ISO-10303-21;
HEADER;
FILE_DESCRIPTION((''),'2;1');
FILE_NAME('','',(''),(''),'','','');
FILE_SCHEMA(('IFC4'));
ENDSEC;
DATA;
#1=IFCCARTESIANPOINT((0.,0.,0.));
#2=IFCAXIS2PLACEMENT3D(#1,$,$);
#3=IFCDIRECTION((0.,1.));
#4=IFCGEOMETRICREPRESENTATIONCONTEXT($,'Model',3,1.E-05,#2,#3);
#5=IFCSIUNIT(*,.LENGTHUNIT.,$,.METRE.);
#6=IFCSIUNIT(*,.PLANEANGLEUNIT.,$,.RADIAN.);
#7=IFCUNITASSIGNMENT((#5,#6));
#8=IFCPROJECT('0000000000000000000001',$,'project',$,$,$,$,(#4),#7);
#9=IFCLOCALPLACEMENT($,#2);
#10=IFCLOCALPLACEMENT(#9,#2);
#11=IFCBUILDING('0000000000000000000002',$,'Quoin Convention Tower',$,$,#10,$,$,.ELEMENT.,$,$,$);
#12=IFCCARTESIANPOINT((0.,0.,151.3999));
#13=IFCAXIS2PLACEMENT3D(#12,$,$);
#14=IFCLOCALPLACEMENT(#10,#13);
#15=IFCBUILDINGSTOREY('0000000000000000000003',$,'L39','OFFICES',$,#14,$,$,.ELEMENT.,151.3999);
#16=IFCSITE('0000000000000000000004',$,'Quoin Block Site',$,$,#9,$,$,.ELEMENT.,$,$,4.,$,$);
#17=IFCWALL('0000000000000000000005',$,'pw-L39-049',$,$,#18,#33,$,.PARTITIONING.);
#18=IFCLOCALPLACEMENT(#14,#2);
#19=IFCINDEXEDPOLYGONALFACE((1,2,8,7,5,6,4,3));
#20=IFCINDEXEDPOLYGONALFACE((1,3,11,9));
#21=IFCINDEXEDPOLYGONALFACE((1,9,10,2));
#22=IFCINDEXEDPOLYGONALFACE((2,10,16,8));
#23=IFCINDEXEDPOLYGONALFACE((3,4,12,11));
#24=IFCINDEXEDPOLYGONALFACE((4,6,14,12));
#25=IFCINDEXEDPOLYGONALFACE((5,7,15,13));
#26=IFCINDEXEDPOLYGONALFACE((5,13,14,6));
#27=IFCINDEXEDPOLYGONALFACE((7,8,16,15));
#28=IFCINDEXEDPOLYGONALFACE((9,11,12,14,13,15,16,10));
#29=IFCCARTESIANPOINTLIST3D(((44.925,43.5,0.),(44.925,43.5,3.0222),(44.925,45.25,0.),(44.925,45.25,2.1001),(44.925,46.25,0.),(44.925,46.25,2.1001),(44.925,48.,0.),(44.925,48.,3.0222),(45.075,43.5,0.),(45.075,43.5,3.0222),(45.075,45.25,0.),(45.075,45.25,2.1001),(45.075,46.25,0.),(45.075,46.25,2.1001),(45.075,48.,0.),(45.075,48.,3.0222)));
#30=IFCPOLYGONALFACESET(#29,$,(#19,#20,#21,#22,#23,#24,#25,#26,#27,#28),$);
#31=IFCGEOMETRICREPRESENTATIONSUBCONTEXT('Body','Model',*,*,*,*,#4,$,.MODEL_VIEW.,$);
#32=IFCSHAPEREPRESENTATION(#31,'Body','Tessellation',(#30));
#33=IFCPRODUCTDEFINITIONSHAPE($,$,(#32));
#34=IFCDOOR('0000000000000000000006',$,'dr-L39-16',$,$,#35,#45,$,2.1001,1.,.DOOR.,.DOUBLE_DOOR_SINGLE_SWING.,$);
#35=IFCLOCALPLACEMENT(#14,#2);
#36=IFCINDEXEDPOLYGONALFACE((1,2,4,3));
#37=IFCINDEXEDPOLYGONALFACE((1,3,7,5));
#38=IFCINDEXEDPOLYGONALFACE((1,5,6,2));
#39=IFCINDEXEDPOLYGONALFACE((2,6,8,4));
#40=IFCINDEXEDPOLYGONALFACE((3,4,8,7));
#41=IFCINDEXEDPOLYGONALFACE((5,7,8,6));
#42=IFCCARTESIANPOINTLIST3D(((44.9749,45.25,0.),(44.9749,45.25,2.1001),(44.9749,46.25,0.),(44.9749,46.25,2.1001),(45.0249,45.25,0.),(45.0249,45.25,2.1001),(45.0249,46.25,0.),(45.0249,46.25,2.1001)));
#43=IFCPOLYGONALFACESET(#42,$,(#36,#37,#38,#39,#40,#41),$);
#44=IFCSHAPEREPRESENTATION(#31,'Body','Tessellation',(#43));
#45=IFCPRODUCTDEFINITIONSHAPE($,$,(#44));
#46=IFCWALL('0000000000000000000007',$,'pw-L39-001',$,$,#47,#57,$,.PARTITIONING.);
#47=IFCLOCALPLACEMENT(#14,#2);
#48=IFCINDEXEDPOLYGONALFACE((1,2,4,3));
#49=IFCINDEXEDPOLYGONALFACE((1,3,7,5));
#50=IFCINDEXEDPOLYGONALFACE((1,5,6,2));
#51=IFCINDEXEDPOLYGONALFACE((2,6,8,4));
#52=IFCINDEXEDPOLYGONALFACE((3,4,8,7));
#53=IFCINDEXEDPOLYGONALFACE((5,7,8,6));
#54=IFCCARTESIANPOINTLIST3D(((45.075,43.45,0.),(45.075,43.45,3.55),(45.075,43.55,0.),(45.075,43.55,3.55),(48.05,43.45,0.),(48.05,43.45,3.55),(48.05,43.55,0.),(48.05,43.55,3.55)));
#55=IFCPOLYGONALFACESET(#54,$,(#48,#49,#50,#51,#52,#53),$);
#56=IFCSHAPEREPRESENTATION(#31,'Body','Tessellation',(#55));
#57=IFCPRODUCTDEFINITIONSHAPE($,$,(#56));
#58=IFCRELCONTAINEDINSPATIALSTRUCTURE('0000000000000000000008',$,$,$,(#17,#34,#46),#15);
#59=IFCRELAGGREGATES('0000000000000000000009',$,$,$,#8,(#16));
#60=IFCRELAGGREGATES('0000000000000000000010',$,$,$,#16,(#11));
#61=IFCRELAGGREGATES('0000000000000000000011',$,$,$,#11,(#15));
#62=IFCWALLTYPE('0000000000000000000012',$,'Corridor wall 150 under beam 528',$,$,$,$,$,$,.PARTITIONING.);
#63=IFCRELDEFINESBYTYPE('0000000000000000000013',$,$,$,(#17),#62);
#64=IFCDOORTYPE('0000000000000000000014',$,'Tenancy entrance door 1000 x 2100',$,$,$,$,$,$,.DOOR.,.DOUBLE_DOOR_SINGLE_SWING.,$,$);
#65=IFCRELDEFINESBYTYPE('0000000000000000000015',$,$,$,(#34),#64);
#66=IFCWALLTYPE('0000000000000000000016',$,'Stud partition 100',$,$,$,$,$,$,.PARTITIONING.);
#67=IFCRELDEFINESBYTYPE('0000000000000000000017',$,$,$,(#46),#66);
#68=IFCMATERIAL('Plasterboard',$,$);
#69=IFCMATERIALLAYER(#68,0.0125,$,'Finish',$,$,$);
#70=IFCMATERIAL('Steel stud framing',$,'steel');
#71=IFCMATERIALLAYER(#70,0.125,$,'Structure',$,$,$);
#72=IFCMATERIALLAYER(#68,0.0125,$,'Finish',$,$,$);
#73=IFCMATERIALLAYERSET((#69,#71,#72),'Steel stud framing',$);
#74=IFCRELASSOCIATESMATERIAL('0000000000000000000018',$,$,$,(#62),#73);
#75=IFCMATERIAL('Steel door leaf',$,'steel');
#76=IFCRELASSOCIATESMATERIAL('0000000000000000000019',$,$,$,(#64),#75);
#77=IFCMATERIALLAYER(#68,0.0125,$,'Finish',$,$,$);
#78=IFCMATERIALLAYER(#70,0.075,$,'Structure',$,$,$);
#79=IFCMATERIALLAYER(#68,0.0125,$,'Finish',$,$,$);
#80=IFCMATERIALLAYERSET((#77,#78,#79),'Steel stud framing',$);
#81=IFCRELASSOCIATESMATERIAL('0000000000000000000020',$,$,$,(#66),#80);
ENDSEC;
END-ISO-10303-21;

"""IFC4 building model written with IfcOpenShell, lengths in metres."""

from ifc_helpers import new_model, si_unit, direction, frame, frame_2d, origin, place, context, subcontext, project, spatial, rectangle, extrude, material, layer, layer_set, type_object, element, fill, save


model = new_model("IFC4")

# Units and contexts
model_context = context("Model", 3, precision=1e-05, world=origin(), true_north=direction((0.0, 1.0)))
body_context = subcontext(model_context, "Body", "Model", "MODEL_VIEW")
ifc_project = project(units=[si_unit("LENGTHUNIT", "METRE"), si_unit("PLANEANGLEUNIT", "RADIAN")], contexts=[model_context])

# Site, building, storey
site_placement = place(None, origin())
site = spatial("IfcSite", under=ifc_project, at=site_placement, Name="Quoin Block Site", CompositionType="ELEMENT", RefElevation=4.0)
building_placement = place(site_placement, origin())
building = spatial("IfcBuilding", under=site, at=building_placement, Name="Quoin Convention Tower", CompositionType="ELEMENT")
storey_placement = place(building_placement, frame((0.0, 0.0, 151.3999)))
storey = spatial("IfcBuildingStorey", under=building, at=storey_placement, Name="L39", Description="OFFICES", CompositionType="ELEMENT", Elevation=151.3999)

# Shared definitions
ifc_material_1 = material(Name="Plasterboard")
ifc_material_2 = material(Name="Steel stud framing", Category="steel")
ifc_layer_1 = layer(ifc_material_1, 0.0125, Name="Finish")
ifc_layer_2 = layer(ifc_material_2, 0.125, Name="Structure")
ifc_layer_3 = layer(ifc_material_1, 0.0125, Name="Finish")
ifc_layer_set_1 = layer_set([ifc_layer_1, ifc_layer_2, ifc_layer_3], Name="Steel stud framing")
wall_type_1 = type_object("IfcWallType", Name="Corridor wall 150 under beam 528", PredefinedType="PARTITIONING", material=ifc_layer_set_1)

# Wall, opening, door
wall_1_placement = place(storey_placement, frame((45.0, 43.5, 0.0), z_axis=(0.0, 0.0, 1.0), x_axis=(0.0, 1.0, 0.0)))
wall_1 = element("IfcWall", 1, at=wall_1_placement, inside=storey, type_object=wall_type_1, Name="pw-L39-049", PredefinedType="PARTITIONING", context=body_context, shape_type="SweptSolid", body=[
    extrude(rectangle(XDim=4.5, YDim=0.1499, at=frame_2d((2.25, 0.0))), origin(), (0.0, 0.0, 1.0), 3.0222),
])
opening_placement = place(wall_1_placement, frame((1.75, 0.0, 0.0)))
opening = element("IfcOpeningElement", 2, at=opening_placement, cuts=wall_1, PredefinedType="OPENING", context=body_context, shape_type="SweptSolid", body=[
    extrude(rectangle(XDim=1.0, YDim=2.1001, at=frame_2d((0.5, 1.05))), frame((0.0, 0.085, 0.0), z_axis=(0.0, -1.0, 0.0), x_axis=(1.0, 0.0, 0.0)), (0.0, 0.0, 1.0), 0.1699),
])
ifc_material_3 = material(Name="Steel door leaf", Category="steel")
door_type = type_object("IfcDoorType", Name="Tenancy entrance door 1000 x 2100", OperationType="DOUBLE_DOOR_SINGLE_SWING", PredefinedType="DOOR", material=ifc_material_3)
door_placement = place(opening_placement, frame((1.0, 0.0, 0.0), z_axis=(0.0, 0.0, 1.0), x_axis=(-1.0, 0.0, 0.0)))
door = element("IfcDoor", 3, at=door_placement, inside=storey, type_object=door_type, Name="dr-L39-16", OperationType="DOUBLE_DOOR_SINGLE_SWING", OverallHeight=2.1001, OverallWidth=1.0, PredefinedType="DOOR", context=body_context, shape_type="SweptSolid", body=[
    extrude(rectangle(XDim=1.0, YDim=2.1001, at=frame_2d((0.5, 1.05))), frame((0.0, 0.0249, 0.0), z_axis=(0.0, -1.0, 0.0), x_axis=(1.0, 0.0, 0.0)), (0.0, 0.0, 1.0), 0.05),
])
fill(opening, door)

# Wall
ifc_layer_4 = layer(ifc_material_1, 0.0125, Name="Finish")
ifc_layer_5 = layer(ifc_material_2, 0.075, Name="Structure")
ifc_layer_6 = layer(ifc_material_1, 0.0125, Name="Finish")
ifc_layer_set_2 = layer_set([ifc_layer_4, ifc_layer_5, ifc_layer_6], Name="Steel stud framing")
wall_type_2 = type_object("IfcWallType", Name="Stud partition 100", PredefinedType="PARTITIONING", material=ifc_layer_set_2)
wall_2_placement = place(storey_placement, frame((45.075, 43.5, 0.0), z_axis=(0.0, 0.0, 1.0), x_axis=(1.0, 0.0, 0.0)))
element("IfcWall", 4, at=wall_2_placement, inside=storey, type_object=wall_type_2, Name="pw-L39-001", PredefinedType="PARTITIONING", context=body_context, shape_type="SweptSolid", body=[
    extrude(rectangle(XDim=2.9751, YDim=0.1001, at=frame_2d((1.4875, 0.0))), origin(), (0.0, 0.0, 1.0), 3.55),
])

save(model, "model.ifc")
